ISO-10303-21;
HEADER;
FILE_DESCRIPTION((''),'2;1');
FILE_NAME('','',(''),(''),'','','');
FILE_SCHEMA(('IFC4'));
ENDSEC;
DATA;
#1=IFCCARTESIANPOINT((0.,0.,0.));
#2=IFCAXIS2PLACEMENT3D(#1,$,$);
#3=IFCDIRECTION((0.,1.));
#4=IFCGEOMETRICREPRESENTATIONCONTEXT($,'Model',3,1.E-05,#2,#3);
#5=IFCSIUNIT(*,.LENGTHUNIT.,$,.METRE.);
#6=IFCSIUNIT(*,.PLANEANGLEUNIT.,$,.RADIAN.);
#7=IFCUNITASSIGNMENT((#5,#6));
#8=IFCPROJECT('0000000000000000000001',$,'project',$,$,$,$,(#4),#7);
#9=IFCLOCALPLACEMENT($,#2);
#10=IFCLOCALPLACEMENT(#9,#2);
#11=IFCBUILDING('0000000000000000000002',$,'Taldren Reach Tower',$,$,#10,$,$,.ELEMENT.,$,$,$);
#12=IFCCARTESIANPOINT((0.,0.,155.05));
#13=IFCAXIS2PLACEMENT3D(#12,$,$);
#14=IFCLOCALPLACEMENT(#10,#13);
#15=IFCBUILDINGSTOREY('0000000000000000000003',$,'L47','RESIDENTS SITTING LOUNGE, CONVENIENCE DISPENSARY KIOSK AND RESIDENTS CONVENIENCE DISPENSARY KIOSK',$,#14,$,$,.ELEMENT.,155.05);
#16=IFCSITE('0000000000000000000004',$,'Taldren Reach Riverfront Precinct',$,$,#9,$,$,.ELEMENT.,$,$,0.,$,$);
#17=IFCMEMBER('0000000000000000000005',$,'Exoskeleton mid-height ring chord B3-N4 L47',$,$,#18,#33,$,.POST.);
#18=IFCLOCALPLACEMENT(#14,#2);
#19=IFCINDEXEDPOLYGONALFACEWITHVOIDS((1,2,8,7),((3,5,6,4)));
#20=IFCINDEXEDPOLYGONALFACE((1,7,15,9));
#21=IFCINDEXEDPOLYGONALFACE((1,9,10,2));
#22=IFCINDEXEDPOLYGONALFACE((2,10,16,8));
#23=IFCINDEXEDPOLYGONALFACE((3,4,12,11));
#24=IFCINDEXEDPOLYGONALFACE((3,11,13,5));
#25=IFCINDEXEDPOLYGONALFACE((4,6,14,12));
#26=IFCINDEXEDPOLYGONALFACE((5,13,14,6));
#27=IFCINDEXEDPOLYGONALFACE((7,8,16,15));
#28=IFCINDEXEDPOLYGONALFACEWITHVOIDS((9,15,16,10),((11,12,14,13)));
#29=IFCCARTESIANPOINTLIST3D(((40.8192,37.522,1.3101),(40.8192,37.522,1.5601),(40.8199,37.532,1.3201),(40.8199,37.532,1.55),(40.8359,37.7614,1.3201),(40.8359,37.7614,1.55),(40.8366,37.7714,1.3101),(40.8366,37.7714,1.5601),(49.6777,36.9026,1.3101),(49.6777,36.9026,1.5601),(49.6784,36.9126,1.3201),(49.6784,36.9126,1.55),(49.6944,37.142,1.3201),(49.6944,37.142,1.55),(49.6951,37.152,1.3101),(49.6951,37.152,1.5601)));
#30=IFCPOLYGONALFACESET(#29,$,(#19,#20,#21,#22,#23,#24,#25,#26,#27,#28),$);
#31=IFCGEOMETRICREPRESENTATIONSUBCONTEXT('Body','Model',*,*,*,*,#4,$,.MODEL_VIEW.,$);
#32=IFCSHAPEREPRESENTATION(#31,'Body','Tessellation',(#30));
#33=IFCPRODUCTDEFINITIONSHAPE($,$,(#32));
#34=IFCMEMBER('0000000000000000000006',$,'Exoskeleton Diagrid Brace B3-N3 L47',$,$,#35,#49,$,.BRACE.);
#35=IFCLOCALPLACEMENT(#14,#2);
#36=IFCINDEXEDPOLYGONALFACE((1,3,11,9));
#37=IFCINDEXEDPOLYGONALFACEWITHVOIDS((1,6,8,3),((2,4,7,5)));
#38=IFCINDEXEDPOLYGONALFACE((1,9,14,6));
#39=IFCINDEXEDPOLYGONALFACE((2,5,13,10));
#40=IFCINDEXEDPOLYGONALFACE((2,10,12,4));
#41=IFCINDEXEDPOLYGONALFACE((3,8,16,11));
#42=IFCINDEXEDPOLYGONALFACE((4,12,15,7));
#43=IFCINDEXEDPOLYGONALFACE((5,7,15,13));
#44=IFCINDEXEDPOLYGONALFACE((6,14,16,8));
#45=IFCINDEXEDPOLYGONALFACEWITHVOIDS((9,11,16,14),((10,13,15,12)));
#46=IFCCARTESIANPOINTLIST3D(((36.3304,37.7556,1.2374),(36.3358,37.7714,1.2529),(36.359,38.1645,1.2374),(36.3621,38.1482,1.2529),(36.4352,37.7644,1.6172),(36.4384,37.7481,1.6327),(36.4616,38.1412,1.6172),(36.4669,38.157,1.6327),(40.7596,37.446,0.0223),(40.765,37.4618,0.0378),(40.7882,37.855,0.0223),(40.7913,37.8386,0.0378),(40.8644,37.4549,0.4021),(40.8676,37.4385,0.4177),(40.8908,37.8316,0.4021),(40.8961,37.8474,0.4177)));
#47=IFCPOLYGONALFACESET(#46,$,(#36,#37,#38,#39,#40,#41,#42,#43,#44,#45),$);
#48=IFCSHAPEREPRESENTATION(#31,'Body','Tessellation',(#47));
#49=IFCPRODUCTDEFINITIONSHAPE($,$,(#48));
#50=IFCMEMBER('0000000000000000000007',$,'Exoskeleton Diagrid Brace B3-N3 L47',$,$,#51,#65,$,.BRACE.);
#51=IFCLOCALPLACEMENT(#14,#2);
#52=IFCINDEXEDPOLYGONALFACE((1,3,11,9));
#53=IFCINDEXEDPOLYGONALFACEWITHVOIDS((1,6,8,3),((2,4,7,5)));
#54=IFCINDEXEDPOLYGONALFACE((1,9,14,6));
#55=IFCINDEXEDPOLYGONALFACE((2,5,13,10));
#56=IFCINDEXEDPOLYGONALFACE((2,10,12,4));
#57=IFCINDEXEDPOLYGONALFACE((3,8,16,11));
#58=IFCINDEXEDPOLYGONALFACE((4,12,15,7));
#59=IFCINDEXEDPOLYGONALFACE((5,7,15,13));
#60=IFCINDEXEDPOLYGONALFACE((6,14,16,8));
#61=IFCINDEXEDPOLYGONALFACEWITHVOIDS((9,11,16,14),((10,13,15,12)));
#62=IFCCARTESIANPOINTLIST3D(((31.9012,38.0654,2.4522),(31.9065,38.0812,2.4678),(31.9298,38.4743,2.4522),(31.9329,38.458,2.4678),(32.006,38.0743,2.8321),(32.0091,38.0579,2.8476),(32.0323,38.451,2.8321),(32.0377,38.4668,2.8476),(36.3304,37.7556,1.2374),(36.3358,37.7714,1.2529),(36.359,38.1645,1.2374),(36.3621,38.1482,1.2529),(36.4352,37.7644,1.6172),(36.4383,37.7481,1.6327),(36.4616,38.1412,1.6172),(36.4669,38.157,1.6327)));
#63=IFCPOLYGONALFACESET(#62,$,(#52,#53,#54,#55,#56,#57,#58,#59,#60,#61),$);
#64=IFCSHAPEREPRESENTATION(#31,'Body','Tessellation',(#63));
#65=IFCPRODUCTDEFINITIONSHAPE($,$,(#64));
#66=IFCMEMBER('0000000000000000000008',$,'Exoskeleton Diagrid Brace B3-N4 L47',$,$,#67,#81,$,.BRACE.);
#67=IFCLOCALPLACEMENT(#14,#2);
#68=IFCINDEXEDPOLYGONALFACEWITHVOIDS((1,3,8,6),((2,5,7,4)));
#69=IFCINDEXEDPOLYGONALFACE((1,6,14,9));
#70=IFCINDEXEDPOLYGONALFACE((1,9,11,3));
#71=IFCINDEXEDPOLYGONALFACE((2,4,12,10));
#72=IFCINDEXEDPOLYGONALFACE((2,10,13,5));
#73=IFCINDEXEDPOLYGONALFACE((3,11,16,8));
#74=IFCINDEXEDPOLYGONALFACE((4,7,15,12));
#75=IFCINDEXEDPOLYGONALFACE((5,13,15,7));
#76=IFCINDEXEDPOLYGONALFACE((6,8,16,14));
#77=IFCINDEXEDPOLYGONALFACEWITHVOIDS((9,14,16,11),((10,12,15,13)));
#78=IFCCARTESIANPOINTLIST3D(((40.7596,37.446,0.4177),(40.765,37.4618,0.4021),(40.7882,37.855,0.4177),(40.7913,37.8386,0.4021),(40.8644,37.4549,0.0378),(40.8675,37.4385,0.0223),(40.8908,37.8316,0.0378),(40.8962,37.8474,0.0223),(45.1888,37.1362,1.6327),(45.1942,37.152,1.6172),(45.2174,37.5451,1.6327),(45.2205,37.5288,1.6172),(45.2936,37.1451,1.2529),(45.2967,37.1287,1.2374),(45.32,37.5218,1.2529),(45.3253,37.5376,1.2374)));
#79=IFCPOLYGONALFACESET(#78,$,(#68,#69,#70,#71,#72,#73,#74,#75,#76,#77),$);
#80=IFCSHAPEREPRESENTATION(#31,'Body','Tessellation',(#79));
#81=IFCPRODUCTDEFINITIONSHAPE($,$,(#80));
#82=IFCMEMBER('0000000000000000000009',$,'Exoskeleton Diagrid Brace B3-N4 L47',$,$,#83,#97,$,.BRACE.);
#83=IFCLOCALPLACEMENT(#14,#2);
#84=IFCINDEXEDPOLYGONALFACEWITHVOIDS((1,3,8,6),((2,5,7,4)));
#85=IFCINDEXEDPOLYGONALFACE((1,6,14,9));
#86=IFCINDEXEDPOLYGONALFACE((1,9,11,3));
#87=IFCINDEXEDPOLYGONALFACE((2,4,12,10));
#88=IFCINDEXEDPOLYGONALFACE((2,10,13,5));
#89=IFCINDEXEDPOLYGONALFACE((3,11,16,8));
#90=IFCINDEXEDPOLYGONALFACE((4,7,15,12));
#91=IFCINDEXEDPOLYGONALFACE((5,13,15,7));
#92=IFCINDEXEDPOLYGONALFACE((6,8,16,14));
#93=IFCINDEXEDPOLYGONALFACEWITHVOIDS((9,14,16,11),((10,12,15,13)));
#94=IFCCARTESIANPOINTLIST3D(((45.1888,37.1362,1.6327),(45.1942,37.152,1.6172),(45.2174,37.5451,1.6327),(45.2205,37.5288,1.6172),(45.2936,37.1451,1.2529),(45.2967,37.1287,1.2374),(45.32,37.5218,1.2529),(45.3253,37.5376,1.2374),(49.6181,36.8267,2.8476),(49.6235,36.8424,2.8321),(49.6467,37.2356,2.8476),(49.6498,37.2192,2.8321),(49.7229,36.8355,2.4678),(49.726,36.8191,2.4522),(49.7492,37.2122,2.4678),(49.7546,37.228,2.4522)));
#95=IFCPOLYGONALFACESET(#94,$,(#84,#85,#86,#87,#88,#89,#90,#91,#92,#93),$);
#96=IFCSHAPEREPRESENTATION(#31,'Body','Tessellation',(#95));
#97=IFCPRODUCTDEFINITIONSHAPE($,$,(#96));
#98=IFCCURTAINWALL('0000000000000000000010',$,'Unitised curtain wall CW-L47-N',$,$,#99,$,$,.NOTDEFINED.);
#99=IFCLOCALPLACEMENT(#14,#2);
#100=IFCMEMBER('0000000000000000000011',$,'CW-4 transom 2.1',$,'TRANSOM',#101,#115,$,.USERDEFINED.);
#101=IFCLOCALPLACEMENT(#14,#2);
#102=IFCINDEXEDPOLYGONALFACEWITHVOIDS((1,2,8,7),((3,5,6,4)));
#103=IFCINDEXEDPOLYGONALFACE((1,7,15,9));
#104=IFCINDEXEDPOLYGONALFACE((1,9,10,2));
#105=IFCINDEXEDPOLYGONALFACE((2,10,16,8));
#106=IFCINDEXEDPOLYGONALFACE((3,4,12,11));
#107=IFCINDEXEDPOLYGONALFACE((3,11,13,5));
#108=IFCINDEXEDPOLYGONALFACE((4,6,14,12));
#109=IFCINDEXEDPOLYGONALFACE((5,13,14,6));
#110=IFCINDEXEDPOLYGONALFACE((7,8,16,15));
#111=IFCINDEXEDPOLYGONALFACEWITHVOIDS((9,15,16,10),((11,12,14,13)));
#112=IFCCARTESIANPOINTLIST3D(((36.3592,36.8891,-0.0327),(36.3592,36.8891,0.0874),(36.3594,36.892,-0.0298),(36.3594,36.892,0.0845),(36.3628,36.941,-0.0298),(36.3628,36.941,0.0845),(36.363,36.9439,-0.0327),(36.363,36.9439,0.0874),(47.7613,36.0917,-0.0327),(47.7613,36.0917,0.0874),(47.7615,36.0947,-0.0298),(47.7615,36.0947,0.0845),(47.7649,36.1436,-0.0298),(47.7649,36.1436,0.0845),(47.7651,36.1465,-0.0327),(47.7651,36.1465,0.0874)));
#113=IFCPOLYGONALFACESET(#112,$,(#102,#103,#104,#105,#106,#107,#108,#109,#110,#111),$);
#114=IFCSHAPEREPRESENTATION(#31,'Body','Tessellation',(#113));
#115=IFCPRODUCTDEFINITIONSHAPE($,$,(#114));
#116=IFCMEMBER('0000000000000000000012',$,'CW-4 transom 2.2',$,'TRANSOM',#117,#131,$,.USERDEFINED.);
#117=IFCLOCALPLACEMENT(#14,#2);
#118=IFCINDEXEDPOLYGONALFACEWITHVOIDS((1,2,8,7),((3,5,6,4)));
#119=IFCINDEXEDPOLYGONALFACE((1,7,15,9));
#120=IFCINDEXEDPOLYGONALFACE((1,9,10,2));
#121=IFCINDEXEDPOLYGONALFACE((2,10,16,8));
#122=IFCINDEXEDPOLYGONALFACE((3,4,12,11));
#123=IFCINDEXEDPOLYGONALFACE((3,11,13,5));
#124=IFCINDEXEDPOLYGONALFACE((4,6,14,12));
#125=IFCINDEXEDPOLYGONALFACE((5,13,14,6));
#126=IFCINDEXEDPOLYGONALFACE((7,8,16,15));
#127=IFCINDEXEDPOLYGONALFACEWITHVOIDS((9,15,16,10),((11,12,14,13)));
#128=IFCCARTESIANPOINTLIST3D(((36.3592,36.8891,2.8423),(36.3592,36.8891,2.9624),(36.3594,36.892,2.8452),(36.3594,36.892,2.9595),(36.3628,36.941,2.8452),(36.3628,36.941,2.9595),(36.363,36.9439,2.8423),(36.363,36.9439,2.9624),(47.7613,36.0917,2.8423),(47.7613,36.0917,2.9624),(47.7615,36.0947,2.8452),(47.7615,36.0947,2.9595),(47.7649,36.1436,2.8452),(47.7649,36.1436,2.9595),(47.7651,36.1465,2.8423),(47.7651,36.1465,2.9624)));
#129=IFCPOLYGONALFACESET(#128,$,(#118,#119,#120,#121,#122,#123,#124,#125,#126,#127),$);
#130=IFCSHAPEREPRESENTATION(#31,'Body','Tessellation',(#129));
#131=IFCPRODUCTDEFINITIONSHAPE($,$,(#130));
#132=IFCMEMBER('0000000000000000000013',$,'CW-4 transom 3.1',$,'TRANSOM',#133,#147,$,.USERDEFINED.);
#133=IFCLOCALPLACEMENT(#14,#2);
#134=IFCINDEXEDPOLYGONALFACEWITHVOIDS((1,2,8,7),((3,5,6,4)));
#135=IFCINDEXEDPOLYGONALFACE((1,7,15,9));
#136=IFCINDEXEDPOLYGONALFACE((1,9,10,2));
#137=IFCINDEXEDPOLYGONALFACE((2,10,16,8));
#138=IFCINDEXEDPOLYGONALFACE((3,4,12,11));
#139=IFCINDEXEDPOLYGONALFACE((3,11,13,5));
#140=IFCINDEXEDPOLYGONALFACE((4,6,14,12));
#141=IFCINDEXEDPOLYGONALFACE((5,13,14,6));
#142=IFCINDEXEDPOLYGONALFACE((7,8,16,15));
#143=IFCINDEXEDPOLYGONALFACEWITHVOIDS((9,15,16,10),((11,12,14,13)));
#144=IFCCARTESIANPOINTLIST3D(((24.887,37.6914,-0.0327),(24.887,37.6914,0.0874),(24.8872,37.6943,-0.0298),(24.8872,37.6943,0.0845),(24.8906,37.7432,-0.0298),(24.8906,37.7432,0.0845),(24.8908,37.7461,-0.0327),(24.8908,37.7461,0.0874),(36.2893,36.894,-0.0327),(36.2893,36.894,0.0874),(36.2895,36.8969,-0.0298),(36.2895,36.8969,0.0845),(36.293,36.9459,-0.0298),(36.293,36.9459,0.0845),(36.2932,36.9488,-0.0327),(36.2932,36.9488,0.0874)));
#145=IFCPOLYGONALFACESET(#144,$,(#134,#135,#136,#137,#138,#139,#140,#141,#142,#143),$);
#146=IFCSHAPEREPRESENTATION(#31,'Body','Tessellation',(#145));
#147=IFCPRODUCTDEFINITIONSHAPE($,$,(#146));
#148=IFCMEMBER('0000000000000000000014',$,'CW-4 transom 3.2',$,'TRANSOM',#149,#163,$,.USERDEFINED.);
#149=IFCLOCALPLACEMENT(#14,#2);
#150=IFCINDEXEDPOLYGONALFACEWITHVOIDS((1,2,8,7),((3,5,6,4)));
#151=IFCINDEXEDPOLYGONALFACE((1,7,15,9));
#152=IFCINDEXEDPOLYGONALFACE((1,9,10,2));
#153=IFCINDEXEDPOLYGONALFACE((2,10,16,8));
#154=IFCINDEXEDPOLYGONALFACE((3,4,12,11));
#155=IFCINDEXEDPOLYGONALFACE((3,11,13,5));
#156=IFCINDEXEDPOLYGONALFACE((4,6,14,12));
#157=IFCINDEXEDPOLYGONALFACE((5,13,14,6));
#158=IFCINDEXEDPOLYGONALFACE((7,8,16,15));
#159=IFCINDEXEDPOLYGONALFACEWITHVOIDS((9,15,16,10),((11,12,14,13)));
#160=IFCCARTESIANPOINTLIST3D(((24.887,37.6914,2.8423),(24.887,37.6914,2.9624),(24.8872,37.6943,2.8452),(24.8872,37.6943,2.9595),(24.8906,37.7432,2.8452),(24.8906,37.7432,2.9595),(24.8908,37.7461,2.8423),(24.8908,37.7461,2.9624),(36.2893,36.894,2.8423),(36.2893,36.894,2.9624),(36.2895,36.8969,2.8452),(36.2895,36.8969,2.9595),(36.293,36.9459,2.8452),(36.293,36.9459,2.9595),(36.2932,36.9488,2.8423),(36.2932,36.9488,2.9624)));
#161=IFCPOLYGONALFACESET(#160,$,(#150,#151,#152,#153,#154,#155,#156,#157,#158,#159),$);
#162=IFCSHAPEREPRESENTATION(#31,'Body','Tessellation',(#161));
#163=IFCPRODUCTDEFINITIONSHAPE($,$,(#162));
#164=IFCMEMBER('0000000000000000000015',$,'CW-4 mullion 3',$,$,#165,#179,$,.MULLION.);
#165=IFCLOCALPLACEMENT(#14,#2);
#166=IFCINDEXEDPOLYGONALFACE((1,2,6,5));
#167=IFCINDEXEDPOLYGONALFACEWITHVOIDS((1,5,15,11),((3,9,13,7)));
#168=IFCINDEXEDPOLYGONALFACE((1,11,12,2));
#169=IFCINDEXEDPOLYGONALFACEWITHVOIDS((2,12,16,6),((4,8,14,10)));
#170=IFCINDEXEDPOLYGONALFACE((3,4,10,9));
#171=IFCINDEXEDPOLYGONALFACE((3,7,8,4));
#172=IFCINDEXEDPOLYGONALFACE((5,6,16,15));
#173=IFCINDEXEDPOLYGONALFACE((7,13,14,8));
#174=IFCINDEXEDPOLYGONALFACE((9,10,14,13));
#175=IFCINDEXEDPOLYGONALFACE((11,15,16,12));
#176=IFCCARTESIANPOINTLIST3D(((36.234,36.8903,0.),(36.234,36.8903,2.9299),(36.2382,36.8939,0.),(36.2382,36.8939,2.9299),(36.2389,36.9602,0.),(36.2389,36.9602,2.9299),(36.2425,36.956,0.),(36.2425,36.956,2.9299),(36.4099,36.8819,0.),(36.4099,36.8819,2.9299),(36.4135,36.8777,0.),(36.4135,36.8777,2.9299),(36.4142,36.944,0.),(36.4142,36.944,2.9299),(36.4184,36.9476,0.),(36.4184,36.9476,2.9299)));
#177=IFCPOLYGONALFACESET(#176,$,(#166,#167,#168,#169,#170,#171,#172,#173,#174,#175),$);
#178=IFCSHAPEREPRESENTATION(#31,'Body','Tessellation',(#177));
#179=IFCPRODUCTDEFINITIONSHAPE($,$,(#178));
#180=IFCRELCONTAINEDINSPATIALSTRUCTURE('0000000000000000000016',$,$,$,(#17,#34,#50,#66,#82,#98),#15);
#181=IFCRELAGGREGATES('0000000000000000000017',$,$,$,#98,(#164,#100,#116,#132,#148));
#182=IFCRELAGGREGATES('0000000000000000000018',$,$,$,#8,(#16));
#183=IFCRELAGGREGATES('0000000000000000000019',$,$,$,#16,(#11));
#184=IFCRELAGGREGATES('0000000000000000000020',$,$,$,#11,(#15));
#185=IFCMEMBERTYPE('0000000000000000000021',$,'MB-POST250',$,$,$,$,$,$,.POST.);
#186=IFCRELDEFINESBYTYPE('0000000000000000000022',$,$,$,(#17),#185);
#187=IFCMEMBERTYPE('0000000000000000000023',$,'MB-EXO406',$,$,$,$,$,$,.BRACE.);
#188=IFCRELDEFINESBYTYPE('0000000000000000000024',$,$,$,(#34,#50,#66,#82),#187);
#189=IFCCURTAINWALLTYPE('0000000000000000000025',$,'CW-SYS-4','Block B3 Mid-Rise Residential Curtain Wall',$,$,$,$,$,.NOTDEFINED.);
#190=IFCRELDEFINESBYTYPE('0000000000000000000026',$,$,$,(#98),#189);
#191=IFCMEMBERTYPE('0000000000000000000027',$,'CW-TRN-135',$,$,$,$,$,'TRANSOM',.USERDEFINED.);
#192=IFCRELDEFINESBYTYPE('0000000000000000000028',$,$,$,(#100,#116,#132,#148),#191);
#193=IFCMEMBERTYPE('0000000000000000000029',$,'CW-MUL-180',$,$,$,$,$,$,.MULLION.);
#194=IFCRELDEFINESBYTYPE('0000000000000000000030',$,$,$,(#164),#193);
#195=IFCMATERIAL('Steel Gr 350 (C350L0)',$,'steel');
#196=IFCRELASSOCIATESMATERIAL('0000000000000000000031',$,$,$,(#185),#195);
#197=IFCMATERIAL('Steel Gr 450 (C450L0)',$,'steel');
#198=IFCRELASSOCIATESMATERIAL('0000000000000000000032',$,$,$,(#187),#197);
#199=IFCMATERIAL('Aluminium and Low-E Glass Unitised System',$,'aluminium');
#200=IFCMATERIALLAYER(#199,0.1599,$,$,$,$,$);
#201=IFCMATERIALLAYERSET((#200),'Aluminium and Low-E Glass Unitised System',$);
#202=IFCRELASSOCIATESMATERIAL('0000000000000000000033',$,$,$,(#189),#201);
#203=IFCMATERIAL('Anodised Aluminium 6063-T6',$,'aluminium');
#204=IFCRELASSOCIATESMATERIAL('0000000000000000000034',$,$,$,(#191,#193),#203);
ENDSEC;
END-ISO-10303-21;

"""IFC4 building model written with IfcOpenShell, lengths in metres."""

from ifc_helpers import new_model, si_unit, direction, frame, origin, origin_2d, place, context, subcontext, project, spatial, hollow_rectangle, extrude, source, transform, mapped, material, layer, layer_set, material_profile, profile_set, type_object, element, aggregate, save


model = new_model("IFC4")

# Units and contexts
model_context = context("Model", 3, precision=1e-05, world=origin(), true_north=direction((0.0, 1.0)))
body_context = subcontext(model_context, "Body", "Model", "MODEL_VIEW")
ifc_project = project(units=[si_unit("LENGTHUNIT", "METRE"), si_unit("PLANEANGLEUNIT", "RADIAN")], contexts=[model_context])

# Site, building, storey
site_placement = place(None, origin())
site = spatial("IfcSite", under=ifc_project, at=site_placement, Name="Taldren Reach Riverfront Precinct", CompositionType="ELEMENT", RefElevation=0.0)
building_placement = place(site_placement, origin())
building = spatial("IfcBuilding", under=site, at=building_placement, Name="Taldren Reach Tower", CompositionType="ELEMENT")
storey_placement = place(building_placement, frame((0.0, 0.0, 155.05)))
storey = spatial("IfcBuildingStorey", under=building, at=storey_placement, Name="L47", Description="RESIDENTS SITTING LOUNGE, CONVENIENCE DISPENSARY KIOSK AND RESIDENTS CONVENIENCE DISPENSARY KIOSK", CompositionType="ELEMENT", Elevation=155.05)

# Shared definitions
ifc_material_1 = material(Name="Steel Gr 450 (C450L0)", Category="steel")

# Shared definitions
ifc_material_2 = material(Name="Steel Gr 350 (C350L0)", Category="steel")
ifc_material_profile_1 = material_profile(ifc_material_2, hollow_rectangle(XDim=0.25, YDim=0.25, WallThickness=0.01, at=origin_2d()), Name="250x250x10.0SHS")
ifc_profile_set_1 = profile_set([ifc_material_profile_1], Name="Steel Gr 350 (C350L0)")
member_type_1 = type_object("IfcMemberType", Name="MB-POST250", PredefinedType="POST", material=ifc_profile_set_1)

# Members
shared_shape_1 = source(origin(), body_context, "Body", "SweptSolid", [
    extrude(hollow_rectangle(XDim=0.25, YDim=0.25, WallThickness=0.01, at=origin_2d()), origin(), (0.0, 0.0, 1.0), 8.8801),
])
member_1_placement = place(storey_placement, frame((40.8279, 37.6467, 1.4351), z_axis=(0.997564, -0.06975, 0.0), x_axis=(0.06975, 0.997564, 0.0)))
element("IfcMember", 1, at=member_1_placement, inside=storey, type_object=member_type_1, Name="Exoskeleton mid-height ring chord B3-N4 L47", PredefinedType="POST", context=body_context, shape_type="MappedRepresentation", body=[
    mapped(shared_shape_1, transform((0.0, 0.0, 0.0), scale=1.0)),
])
ifc_material_profile_2 = material_profile(ifc_material_1, hollow_rectangle(XDim=0.4099, YDim=0.4099, WallThickness=0.0161, at=origin_2d()), Name="410x410x16.0SHS")
ifc_profile_set_2 = profile_set([ifc_material_profile_2], Name="Steel Gr 450 (C450L0)")
member_type_2 = type_object("IfcMemberType", Name="MB-EXO406", PredefinedType="BRACE", material=ifc_profile_set_2)
shared_shape_2 = source(origin(), body_context, "Body", "SweptSolid", [
    extrude(hollow_rectangle(XDim=0.4099, YDim=0.4099, WallThickness=0.0161, at=origin_2d()), origin(), (0.0, 0.0, 1.0), 4.6033),
])
for number, where, z_axis, x_axis, name in (
    (2, (40.8279, 37.6467, 0.22), (-0.962186, 0.06725, 0.263962), (-0.069723, -0.997566, 0.0), "Exoskeleton Diagrid Brace B3-N3 L47"),
    (3, (36.3987, 37.9563, 1.4351), (-0.962196, 0.067304, 0.263912), (-0.069778, -0.997563, 0.0), "Exoskeleton Diagrid Brace B3-N3 L47"),
    (4, (40.8279, 37.6467, 0.22), (0.962182, -0.067303, 0.263961), (0.069778, 0.997563, 0.0), "Exoskeleton Diagrid Brace B3-N4 L47"),
    (5, (45.2571, 37.3369, 1.4351), (0.962199, -0.067251, 0.263913), (0.069723, 0.997566, 0.0), "Exoskeleton Diagrid Brace B3-N4 L47"),
):
    element("IfcMember", number, at=place(storey_placement, frame(where, z_axis=z_axis, x_axis=x_axis)), inside=storey, type_object=member_type_2, Name=name, PredefinedType="BRACE", context=body_context, shape_type="MappedRepresentation", body=[
        mapped(shared_shape_2, transform((0.0, 0.0, 0.0), scale=1.0)),
    ])

# Curtain wall, members
ifc_material_3 = material(Name="Aluminium and Low-E Glass Unitised System", Category="aluminium")
ifc_layer_1 = layer(ifc_material_3, 0.1599)
ifc_layer_set_1 = layer_set([ifc_layer_1], Name="Aluminium and Low-E Glass Unitised System")
curtain_wall_type = type_object("IfcCurtainWallType", Name="CW-SYS-4", Description="Block B3 Mid-Rise Residential Curtain Wall", PredefinedType="NOTDEFINED", material=ifc_layer_set_1)
curtain_wall_placement = place(storey_placement, origin())
curtain_wall = element("IfcCurtainWall", 6, at=curtain_wall_placement, inside=storey, type_object=curtain_wall_type, Name="Unitised curtain wall CW-L47-N", PredefinedType="NOTDEFINED")
ifc_material_4 = material(Name="Anodised Aluminium 6063-T6", Category="aluminium")
ifc_material_profile_3 = material_profile(ifc_material_4, hollow_rectangle(XDim=0.0549, YDim=0.1201, WallThickness=0.0029, at=origin_2d()), Name="ALU-120x55x3RHS")
ifc_profile_set_3 = profile_set([ifc_material_profile_3], Name="Anodised Aluminium 6063-T6")
member_type_3 = type_object("IfcMemberType", Name="CW-TRN-135", ElementType="TRANSOM", PredefinedType="USERDEFINED", material=ifc_profile_set_3)
shared_shape_3 = source(origin(), body_context, "Body", "SweptSolid", [
    extrude(hollow_rectangle(XDim=0.0549, YDim=0.1201, WallThickness=0.0029, at=origin_2d()), origin(), (0.0, 0.0, 1.0), 11.4299),
])
member_2_placement = place(storey_placement, frame((47.7632, 36.1191, 0.0273), z_axis=(-0.997564, 0.069761, 0.0), x_axis=(-0.069761, -0.997564, 0.0)))
member_2 = element("IfcMember", 7, at=member_2_placement, type_object=member_type_3, Name="CW-4 transom 2.1", ObjectType="TRANSOM", PredefinedType="USERDEFINED", context=body_context, shape_type="MappedRepresentation", body=[
    mapped(shared_shape_3, transform((0.0, 0.0, 0.0), scale=1.0)),
])
member_3_placement = place(storey_placement, frame((47.7632, 36.1191, 2.9023), z_axis=(-0.997564, 0.069761, 0.0), x_axis=(-0.069761, -0.997564, 0.0)))
member_3 = element("IfcMember", 8, at=member_3_placement, type_object=member_type_3, Name="CW-4 transom 2.2", ObjectType="TRANSOM", PredefinedType="USERDEFINED", context=body_context, shape_type="MappedRepresentation", body=[
    mapped(shared_shape_3, transform((0.0, 0.0, 0.0), scale=1.0)),
])
shared_shape_4 = source(origin(), body_context, "Body", "SweptSolid", [
    extrude(hollow_rectangle(XDim=0.0549, YDim=0.1201, WallThickness=0.0029, at=origin_2d()), origin(), (0.0, 0.0, 1.0), 11.4302),
])
member_4_placement = place(storey_placement, frame((36.2913, 36.9214, 0.0273), z_axis=(-0.997564, 0.069759, 0.0), x_axis=(-0.069759, -0.997564, 0.0)))
member_4 = element("IfcMember", 9, at=member_4_placement, type_object=member_type_3, Name="CW-4 transom 3.1", ObjectType="TRANSOM", PredefinedType="USERDEFINED", context=body_context, shape_type="MappedRepresentation", body=[
    mapped(shared_shape_4, transform((0.0, 0.0, 0.0), scale=1.0)),
])
member_5_placement = place(storey_placement, frame((36.2913, 36.9214, 2.9023), z_axis=(-0.997564, 0.069759, 0.0), x_axis=(-0.069759, -0.997564, 0.0)))
member_5 = element("IfcMember", 10, at=member_5_placement, type_object=member_type_3, Name="CW-4 transom 3.2", ObjectType="TRANSOM", PredefinedType="USERDEFINED", context=body_context, shape_type="MappedRepresentation", body=[
    mapped(shared_shape_4, transform((0.0, 0.0, 0.0), scale=1.0)),
])
ifc_material_profile_4 = material_profile(ifc_material_4, hollow_rectangle(XDim=0.0701, YDim=0.1799, WallThickness=0.0039, at=origin_2d()), Name="ALU-180x70x4RHS")
ifc_profile_set_4 = profile_set([ifc_material_profile_4], Name="Anodised Aluminium 6063-T6")
member_type_4 = type_object("IfcMemberType", Name="CW-MUL-180", PredefinedType="MULLION", material=ifc_profile_set_4)
shared_shape_5 = source(origin(), body_context, "Body", "SweptSolid", [
    extrude(hollow_rectangle(XDim=0.0701, YDim=0.1799, WallThickness=0.0039, at=origin_2d()), origin(), (0.0, 0.0, 1.0), 2.9299),
])
member_6_placement = place(storey_placement, frame((36.3262, 36.9189, 0.0), z_axis=(0.0, 0.0, 1.0), x_axis=(-0.069757, -0.997564, 0.0)))
member_6 = element("IfcMember", 11, at=member_6_placement, type_object=member_type_4, Name="CW-4 mullion 3", PredefinedType="MULLION", context=body_context, shape_type="MappedRepresentation", body=[
    mapped(shared_shape_5, transform((0.0, 0.0, 0.0), scale=1.0)),
])

aggregate(curtain_wall, [member_6, member_2, member_3, member_4, member_5])

save(model, "model.ifc")
